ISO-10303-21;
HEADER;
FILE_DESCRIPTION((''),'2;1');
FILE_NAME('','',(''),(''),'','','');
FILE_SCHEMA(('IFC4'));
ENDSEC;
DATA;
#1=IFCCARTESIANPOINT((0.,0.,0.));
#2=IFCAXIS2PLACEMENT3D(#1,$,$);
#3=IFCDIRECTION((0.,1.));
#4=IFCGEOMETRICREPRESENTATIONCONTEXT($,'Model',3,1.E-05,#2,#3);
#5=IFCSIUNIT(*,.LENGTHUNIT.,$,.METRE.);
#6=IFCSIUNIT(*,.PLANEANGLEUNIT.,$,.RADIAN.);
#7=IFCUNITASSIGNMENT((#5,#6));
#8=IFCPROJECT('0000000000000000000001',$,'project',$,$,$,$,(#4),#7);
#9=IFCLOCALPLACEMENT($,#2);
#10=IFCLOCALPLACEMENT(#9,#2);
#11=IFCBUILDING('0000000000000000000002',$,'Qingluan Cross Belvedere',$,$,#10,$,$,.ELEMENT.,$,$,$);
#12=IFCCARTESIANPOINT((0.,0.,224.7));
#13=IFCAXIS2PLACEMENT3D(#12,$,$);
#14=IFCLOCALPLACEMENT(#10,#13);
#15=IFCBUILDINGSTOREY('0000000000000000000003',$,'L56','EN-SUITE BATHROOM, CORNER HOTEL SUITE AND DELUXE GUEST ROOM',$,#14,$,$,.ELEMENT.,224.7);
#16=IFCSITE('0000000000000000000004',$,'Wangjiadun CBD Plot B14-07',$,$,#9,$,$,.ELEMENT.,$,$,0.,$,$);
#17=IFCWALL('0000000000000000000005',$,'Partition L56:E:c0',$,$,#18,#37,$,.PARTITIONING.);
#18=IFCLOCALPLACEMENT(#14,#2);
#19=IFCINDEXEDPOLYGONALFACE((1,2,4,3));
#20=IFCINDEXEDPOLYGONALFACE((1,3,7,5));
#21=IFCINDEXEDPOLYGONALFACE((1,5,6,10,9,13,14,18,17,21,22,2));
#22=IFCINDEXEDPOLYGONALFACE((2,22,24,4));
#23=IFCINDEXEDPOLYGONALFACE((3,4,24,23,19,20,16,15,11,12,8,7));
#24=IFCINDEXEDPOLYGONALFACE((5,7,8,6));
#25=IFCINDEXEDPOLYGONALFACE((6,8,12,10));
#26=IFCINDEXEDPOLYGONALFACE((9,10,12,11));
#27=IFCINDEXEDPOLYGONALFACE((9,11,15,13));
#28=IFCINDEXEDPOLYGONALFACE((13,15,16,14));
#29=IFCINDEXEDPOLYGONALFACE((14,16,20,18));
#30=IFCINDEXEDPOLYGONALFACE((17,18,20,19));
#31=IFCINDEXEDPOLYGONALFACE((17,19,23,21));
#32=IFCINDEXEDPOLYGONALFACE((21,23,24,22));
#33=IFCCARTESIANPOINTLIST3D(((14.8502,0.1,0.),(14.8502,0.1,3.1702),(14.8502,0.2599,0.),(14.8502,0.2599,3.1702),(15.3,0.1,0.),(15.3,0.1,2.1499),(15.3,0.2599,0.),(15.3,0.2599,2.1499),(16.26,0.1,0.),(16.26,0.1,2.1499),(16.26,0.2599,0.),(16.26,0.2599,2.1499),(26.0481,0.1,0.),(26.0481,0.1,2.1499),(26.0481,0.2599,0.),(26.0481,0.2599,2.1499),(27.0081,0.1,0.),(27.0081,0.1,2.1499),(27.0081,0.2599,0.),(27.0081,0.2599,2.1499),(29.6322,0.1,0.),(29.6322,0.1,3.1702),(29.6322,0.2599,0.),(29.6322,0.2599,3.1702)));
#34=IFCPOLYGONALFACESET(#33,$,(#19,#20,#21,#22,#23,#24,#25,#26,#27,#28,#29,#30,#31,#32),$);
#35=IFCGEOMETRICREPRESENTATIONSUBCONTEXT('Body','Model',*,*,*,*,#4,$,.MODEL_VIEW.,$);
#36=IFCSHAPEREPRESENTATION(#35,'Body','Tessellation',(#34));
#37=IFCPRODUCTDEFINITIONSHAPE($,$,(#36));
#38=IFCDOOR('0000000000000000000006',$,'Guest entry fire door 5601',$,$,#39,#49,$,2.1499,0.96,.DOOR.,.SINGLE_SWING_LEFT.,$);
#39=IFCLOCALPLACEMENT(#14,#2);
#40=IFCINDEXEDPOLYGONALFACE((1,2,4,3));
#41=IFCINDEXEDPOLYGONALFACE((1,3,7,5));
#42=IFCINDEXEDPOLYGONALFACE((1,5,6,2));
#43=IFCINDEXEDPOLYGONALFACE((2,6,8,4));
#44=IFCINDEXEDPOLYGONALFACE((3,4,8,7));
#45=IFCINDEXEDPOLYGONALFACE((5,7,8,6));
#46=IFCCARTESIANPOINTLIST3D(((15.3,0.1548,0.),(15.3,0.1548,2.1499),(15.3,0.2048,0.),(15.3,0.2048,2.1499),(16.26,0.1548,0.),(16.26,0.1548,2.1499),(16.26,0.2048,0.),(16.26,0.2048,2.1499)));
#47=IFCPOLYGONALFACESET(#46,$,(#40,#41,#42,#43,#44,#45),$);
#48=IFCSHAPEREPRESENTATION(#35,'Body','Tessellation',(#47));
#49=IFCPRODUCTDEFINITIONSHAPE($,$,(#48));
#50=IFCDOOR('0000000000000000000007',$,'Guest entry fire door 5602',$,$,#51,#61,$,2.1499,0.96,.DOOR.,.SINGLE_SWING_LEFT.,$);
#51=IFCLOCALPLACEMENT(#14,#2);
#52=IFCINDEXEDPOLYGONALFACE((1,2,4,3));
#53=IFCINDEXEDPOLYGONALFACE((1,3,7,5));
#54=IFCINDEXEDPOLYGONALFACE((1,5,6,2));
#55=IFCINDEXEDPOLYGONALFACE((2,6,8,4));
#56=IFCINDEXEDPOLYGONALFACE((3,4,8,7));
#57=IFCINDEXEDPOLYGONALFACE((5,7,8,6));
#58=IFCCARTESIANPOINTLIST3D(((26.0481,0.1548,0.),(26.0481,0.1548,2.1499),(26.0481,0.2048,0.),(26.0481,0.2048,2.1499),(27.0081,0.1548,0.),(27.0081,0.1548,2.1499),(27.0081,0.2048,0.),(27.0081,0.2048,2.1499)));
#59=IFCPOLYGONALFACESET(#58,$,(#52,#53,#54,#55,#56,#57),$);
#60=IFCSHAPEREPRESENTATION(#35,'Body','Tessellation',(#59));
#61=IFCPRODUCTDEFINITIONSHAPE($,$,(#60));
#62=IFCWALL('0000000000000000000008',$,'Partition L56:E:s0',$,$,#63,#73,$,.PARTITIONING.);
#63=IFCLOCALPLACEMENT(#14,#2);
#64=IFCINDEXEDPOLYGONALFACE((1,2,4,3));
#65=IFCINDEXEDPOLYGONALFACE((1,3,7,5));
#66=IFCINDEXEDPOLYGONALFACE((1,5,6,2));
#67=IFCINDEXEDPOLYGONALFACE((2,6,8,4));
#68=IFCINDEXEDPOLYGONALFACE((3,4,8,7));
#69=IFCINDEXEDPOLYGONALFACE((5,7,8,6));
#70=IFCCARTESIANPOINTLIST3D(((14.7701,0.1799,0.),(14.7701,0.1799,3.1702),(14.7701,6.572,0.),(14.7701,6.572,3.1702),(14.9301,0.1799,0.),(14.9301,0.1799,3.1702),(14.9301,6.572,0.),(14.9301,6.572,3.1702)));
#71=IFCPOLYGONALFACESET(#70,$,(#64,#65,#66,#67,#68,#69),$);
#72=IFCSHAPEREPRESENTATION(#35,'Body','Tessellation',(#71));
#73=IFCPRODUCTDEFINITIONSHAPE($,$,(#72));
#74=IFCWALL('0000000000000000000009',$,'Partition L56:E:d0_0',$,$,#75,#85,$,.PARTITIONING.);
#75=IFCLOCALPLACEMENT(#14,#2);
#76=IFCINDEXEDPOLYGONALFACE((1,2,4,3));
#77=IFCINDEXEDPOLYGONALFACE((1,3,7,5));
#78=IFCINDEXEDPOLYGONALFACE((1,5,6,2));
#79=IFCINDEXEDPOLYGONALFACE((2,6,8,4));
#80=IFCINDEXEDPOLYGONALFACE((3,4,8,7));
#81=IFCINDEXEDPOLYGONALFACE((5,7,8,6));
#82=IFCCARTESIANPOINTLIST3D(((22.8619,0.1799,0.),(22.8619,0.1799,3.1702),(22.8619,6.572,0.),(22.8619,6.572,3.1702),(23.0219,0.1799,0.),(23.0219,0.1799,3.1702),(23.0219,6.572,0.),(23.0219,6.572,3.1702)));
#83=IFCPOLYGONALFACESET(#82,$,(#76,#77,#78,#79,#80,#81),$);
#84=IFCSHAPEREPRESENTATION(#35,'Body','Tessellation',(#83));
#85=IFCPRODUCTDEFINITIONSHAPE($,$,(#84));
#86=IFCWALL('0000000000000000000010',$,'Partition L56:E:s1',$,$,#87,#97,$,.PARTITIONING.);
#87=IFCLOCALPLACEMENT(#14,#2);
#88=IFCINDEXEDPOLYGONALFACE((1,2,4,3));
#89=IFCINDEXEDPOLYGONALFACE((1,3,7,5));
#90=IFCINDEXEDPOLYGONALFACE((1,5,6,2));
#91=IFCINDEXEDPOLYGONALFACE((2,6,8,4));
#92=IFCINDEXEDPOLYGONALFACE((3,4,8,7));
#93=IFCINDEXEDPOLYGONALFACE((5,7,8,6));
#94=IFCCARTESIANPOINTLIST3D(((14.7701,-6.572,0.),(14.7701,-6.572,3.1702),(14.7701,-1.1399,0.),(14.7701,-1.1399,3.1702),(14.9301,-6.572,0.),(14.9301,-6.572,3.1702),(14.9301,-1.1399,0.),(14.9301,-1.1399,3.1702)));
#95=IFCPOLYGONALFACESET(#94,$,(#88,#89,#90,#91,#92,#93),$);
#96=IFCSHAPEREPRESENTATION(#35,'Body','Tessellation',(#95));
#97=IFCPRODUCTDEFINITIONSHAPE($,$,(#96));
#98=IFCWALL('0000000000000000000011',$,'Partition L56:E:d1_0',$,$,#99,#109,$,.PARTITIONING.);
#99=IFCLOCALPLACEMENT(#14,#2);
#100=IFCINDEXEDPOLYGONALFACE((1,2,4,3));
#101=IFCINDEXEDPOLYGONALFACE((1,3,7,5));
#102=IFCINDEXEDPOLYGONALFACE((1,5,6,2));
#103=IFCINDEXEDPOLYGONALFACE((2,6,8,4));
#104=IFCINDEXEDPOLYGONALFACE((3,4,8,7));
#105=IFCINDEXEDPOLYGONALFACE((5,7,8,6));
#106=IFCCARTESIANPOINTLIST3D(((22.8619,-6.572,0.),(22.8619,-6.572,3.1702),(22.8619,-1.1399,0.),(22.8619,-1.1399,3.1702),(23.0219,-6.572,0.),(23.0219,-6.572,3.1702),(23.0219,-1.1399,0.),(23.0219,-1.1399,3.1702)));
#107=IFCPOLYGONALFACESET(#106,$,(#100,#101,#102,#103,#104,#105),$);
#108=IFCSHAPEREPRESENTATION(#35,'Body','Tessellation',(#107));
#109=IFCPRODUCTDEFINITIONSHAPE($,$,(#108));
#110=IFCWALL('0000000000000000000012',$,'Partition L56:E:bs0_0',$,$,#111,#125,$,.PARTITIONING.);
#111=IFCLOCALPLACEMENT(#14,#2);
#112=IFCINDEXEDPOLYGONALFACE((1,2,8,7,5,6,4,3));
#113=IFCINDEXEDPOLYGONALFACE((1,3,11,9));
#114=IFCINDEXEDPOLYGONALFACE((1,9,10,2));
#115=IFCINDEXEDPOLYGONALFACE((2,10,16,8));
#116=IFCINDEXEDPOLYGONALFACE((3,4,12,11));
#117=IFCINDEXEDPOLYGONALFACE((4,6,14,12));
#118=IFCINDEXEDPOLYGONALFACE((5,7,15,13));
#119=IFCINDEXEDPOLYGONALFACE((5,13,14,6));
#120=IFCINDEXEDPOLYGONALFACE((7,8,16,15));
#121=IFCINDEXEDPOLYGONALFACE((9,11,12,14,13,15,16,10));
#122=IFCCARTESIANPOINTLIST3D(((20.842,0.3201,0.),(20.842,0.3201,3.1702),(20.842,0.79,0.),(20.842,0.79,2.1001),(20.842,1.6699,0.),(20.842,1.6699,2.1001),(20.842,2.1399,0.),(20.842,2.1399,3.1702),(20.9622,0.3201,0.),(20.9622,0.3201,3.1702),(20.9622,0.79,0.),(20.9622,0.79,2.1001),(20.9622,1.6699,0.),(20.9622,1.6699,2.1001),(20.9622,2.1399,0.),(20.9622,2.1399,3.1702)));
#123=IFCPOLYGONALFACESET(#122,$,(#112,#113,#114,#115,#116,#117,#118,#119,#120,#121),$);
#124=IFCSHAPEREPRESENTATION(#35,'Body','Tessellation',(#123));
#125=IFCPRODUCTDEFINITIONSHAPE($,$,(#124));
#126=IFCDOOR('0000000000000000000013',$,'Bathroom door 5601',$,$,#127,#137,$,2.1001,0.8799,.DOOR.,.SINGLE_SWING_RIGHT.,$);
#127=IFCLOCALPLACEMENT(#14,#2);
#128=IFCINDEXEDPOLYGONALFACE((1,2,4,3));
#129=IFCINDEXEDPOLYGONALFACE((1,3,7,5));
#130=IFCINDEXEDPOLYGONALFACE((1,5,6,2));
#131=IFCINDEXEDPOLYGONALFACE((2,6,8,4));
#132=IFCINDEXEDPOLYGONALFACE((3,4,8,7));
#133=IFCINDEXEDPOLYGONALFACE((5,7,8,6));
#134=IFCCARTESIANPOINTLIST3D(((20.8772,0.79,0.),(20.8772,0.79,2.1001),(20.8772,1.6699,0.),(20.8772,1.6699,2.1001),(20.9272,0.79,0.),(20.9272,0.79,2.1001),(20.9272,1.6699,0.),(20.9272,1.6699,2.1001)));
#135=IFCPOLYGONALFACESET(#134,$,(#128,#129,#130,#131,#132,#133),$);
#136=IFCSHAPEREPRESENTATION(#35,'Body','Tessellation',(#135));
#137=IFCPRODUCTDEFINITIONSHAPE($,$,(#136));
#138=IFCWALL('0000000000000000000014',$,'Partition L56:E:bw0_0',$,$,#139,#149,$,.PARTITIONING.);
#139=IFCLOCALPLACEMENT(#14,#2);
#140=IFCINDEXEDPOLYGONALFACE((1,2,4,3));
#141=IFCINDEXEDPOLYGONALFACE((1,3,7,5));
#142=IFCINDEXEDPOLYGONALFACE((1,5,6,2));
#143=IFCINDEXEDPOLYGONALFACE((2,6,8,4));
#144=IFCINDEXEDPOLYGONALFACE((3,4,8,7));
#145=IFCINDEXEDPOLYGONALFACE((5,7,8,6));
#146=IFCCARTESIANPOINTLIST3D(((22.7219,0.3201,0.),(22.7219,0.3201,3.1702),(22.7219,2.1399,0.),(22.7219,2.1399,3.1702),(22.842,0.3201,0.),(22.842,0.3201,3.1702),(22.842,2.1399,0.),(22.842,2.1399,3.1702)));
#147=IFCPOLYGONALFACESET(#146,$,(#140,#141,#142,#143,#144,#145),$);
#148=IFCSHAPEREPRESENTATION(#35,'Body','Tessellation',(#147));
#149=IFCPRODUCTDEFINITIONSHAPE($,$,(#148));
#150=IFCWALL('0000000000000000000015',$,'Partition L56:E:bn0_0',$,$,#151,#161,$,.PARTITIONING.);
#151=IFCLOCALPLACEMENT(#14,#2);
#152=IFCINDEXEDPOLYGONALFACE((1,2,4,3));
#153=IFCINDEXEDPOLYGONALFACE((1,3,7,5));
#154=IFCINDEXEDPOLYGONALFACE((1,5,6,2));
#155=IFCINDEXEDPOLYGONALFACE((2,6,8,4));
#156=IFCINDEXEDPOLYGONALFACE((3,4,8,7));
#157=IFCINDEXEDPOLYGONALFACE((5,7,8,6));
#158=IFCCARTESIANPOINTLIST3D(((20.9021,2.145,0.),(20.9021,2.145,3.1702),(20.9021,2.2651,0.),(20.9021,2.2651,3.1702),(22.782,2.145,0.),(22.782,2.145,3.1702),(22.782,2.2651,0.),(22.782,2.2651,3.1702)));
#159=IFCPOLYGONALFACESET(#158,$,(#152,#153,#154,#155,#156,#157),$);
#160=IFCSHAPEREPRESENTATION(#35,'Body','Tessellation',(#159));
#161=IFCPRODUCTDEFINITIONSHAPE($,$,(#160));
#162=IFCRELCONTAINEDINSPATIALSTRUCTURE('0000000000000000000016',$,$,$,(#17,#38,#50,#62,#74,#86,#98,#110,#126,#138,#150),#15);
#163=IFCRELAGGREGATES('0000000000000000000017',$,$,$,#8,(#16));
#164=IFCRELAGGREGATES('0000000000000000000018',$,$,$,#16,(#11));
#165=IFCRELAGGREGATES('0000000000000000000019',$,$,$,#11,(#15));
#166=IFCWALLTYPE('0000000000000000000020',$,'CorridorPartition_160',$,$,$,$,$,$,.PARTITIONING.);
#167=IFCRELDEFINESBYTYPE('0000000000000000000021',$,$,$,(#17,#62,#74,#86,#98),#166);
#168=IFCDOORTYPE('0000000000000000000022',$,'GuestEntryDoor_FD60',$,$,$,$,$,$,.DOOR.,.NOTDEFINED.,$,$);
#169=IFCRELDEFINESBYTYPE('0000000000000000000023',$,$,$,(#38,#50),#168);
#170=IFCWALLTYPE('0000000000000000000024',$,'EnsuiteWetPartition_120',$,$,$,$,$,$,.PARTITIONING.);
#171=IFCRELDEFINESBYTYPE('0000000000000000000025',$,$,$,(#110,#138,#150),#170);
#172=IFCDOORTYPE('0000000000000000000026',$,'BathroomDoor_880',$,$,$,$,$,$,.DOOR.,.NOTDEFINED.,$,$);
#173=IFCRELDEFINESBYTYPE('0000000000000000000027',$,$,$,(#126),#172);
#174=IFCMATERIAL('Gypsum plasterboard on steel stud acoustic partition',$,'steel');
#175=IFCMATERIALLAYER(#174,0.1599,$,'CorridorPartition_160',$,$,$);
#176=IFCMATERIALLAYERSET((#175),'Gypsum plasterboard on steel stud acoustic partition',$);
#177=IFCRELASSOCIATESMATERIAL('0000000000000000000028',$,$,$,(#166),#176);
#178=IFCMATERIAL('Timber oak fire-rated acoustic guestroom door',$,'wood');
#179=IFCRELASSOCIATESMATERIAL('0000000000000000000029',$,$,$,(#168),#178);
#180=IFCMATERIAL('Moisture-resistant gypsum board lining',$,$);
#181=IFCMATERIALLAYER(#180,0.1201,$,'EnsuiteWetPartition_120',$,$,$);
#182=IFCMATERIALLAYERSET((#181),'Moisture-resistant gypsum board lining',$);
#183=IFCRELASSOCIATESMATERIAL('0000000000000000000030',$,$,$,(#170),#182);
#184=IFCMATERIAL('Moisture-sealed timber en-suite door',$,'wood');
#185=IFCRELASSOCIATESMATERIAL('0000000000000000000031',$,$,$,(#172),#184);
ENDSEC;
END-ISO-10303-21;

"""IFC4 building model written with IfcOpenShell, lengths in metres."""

from ifc_helpers import new_model, si_unit, direction, frame, frame_2d, origin, place, context, subcontext, project, spatial, rectangle, extrude, material, layer, layer_set, type_object, element, fill, save


model = new_model("IFC4")

# Units and contexts
model_context = context("Model", 3, precision=1e-05, world=origin(), true_north=direction((0.0, 1.0)))
body_context = subcontext(model_context, "Body", "Model", "MODEL_VIEW")
ifc_project = project(units=[si_unit("LENGTHUNIT", "METRE"), si_unit("PLANEANGLEUNIT", "RADIAN")], contexts=[model_context])

# Site, building, storey
site_placement = place(None, origin())
site = spatial("IfcSite", under=ifc_project, at=site_placement, Name="Wangjiadun CBD Plot B14-07", CompositionType="ELEMENT", RefElevation=0.0)
building_placement = place(site_placement, origin())
building = spatial("IfcBuilding", under=site, at=building_placement, Name="Qingluan Cross Belvedere", CompositionType="ELEMENT")
storey_placement = place(building_placement, frame((0.0, 0.0, 224.7)))
storey = spatial("IfcBuildingStorey", under=building, at=storey_placement, Name="L56", Description="EN-SUITE BATHROOM, CORNER HOTEL SUITE AND DELUXE GUEST ROOM", CompositionType="ELEMENT", Elevation=224.7)

# Shared definitions
ifc_material_1 = material(Name="Gypsum plasterboard on steel stud acoustic partition", Category="steel")
ifc_layer_1 = layer(ifc_material_1, 0.1599, Name="CorridorPartition_160")
ifc_layer_set_1 = layer_set([ifc_layer_1], Name="Gypsum plasterboard on steel stud acoustic partition")
wall_type_1 = type_object("IfcWallType", Name="CorridorPartition_160", PredefinedType="PARTITIONING", material=ifc_layer_set_1)

# Wall, openings, doors
wall_1_placement = place(storey_placement, frame((14.8501, 0.1799, 0.0), z_axis=(0.0, 0.0, 1.0), x_axis=(1.0, 0.0, 0.0)))
wall_1 = element("IfcWall", 1, at=wall_1_placement, inside=storey, type_object=wall_type_1, Name="Partition L56:E:c0", PredefinedType="PARTITIONING", context=body_context, shape_type="SweptSolid", body=[
    extrude(rectangle(XDim=14.782, YDim=0.1599, at=frame_2d((7.3911, 0.0))), origin(), (0.0, 0.0, 1.0), 3.1702),
])
opening_1_placement = place(wall_1_placement, frame((0.45, 0.0, 0.0)))
opening_1 = element("IfcOpeningElement", 2, at=opening_1_placement, cuts=wall_1, PredefinedType="OPENING", context=body_context, shape_type="SweptSolid", body=[
    extrude(rectangle(XDim=0.96, YDim=2.1499, at=frame_2d((0.48, 1.075))), frame((0.0, 0.0898, 0.0), z_axis=(0.0, -1.0, 0.0), x_axis=(1.0, 0.0, 0.0)), (0.0, 0.0, 1.0), 0.1799),
])
opening_2_placement = place(wall_1_placement, frame((11.198, 0.0, 0.0)))
opening_2 = element("IfcOpeningElement", 3, at=opening_2_placement, cuts=wall_1, PredefinedType="OPENING", context=body_context, shape_type="SweptSolid", body=[
    extrude(rectangle(XDim=0.96, YDim=2.1499, at=frame_2d((0.48, 1.075))), frame((0.0, 0.0898, 0.0), z_axis=(0.0, -1.0, 0.0), x_axis=(1.0, 0.0, 0.0)), (0.0, 0.0, 1.0), 0.1799),
])
ifc_material_2 = material(Name="Timber oak fire-rated acoustic guestroom door", Category="wood")
door_type_1 = type_object("IfcDoorType", Name="GuestEntryDoor_FD60", OperationType="NOTDEFINED", PredefinedType="DOOR", material=ifc_material_2)
door_1_placement = place(opening_1_placement, origin())
door_1 = element("IfcDoor", 4, at=door_1_placement, inside=storey, type_object=door_type_1, Name="Guest entry fire door 5601", OperationType="SINGLE_SWING_LEFT", OverallHeight=2.1499, OverallWidth=0.96, PredefinedType="DOOR", context=body_context, shape_type="SweptSolid", body=[
    extrude(rectangle(XDim=0.96, YDim=2.1499, at=frame_2d((0.48, 1.075))), frame((0.0, 0.0249, 0.0), z_axis=(0.0, -1.0, 0.0), x_axis=(1.0, 0.0, 0.0)), (0.0, 0.0, 1.0), 0.05),
])
fill(opening_1, door_1)
door_2_placement = place(opening_2_placement, origin())
door_2 = element("IfcDoor", 5, at=door_2_placement, inside=storey, type_object=door_type_1, Name="Guest entry fire door 5602", OperationType="SINGLE_SWING_LEFT", OverallHeight=2.1499, OverallWidth=0.96, PredefinedType="DOOR", context=body_context, shape_type="SweptSolid", body=[
    extrude(rectangle(XDim=0.96, YDim=2.1499, at=frame_2d((0.48, 1.075))), frame((0.0, 0.0249, 0.0), z_axis=(0.0, -1.0, 0.0), x_axis=(1.0, 0.0, 0.0)), (0.0, 0.0, 1.0), 0.05),
])
fill(opening_2, door_2)

# Walls
for number, where, z_axis, x_axis, name in (
    (6, (14.8501, 0.1799, 0.0), (0.0, 0.0, 1.0), (0.0, 1.0, 0.0), "Partition L56:E:s0"),
    (7, (22.9419, 0.1799, 0.0), (0.0, 0.0, 1.0), (0.0, 1.0, 0.0), "Partition L56:E:d0_0"),
):
    element("IfcWall", number, at=place(storey_placement, frame(where, z_axis=z_axis, x_axis=x_axis)), inside=storey, type_object=wall_type_1, Name=name, PredefinedType="PARTITIONING", context=body_context, shape_type="SweptSolid", body=[
        extrude(rectangle(XDim=6.3921, YDim=0.1599, at=frame_2d((3.196, 0.0))), origin(), (0.0, 0.0, 1.0), 3.1702),
    ])
for number, where, z_axis, x_axis, name in (
    (8, (14.8501, -1.1399, 0.0), (0.0, 0.0, 1.0), (0.0, -1.0, 0.0), "Partition L56:E:s1"),
    (9, (22.9419, -1.1399, 0.0), (0.0, 0.0, 1.0), (0.0, -1.0, 0.0), "Partition L56:E:d1_0"),
):
    element("IfcWall", number, at=place(storey_placement, frame(where, z_axis=z_axis, x_axis=x_axis)), inside=storey, type_object=wall_type_1, Name=name, PredefinedType="PARTITIONING", context=body_context, shape_type="SweptSolid", body=[
        extrude(rectangle(XDim=5.4321, YDim=0.1599, at=frame_2d((2.7161, 0.0))), origin(), (0.0, 0.0, 1.0), 3.1702),
    ])

# Wall, opening, door
ifc_material_3 = material(Name="Moisture-resistant gypsum board lining")
ifc_layer_2 = layer(ifc_material_3, 0.1201, Name="EnsuiteWetPartition_120")
ifc_layer_set_2 = layer_set([ifc_layer_2], Name="Moisture-resistant gypsum board lining")
wall_type_2 = type_object("IfcWallType", Name="EnsuiteWetPartition_120", PredefinedType="PARTITIONING", material=ifc_layer_set_2)
wall_2_placement = place(storey_placement, frame((20.9021, 0.3201, 0.0), z_axis=(0.0, 0.0, 1.0), x_axis=(0.0, 1.0, 0.0)))
wall_2 = element("IfcWall", 10, at=wall_2_placement, inside=storey, type_object=wall_type_2, Name="Partition L56:E:bs0_0", PredefinedType="PARTITIONING", context=body_context, shape_type="SweptSolid", body=[
    extrude(rectangle(XDim=1.8198, YDim=0.1201, at=frame_2d((0.9099, 0.0))), origin(), (0.0, 0.0, 1.0), 3.1702),
])
opening_3_placement = place(wall_2_placement, frame((0.47, 0.0, 0.0)))
opening_3 = element("IfcOpeningElement", 11, at=opening_3_placement, cuts=wall_2, PredefinedType="OPENING", context=body_context, shape_type="SweptSolid", body=[
    extrude(rectangle(XDim=0.8799, YDim=2.1001, at=frame_2d((0.4399, 1.05))), frame((0.0, 0.0701, 0.0), z_axis=(0.0, -1.0, 0.0), x_axis=(1.0, 0.0, 0.0)), (0.0, 0.0, 1.0), 0.1401),
])
ifc_material_4 = material(Name="Moisture-sealed timber en-suite door", Category="wood")
door_type_2 = type_object("IfcDoorType", Name="BathroomDoor_880", OperationType="NOTDEFINED", PredefinedType="DOOR", material=ifc_material_4)
door_3_placement = place(opening_3_placement, origin())
door_3 = element("IfcDoor", 12, at=door_3_placement, inside=storey, type_object=door_type_2, Name="Bathroom door 5601", OperationType="SINGLE_SWING_RIGHT", OverallHeight=2.1001, OverallWidth=0.8799, PredefinedType="DOOR", context=body_context, shape_type="SweptSolid", body=[
    extrude(rectangle(XDim=0.8799, YDim=2.1001, at=frame_2d((0.4399, 1.05))), frame((0.0, 0.0249, 0.0), z_axis=(0.0, -1.0, 0.0), x_axis=(1.0, 0.0, 0.0)), (0.0, 0.0, 1.0), 0.05),
])
fill(opening_3, door_3)

# Walls
wall_3_placement = place(storey_placement, frame((22.782, 0.3201, 0.0), z_axis=(0.0, 0.0, 1.0), x_axis=(0.0, 1.0, 0.0)))
element("IfcWall", 13, at=wall_3_placement, inside=storey, type_object=wall_type_2, Name="Partition L56:E:bw0_0", PredefinedType="PARTITIONING", context=body_context, shape_type="SweptSolid", body=[
    extrude(rectangle(XDim=1.8198, YDim=0.1201, at=frame_2d((0.9099, 0.0))), origin(), (0.0, 0.0, 1.0), 3.1702),
])
wall_4_placement = place(storey_placement, frame((20.9021, 2.2051, 0.0), z_axis=(0.0, 0.0, 1.0), x_axis=(1.0, 0.0, 0.0)))
element("IfcWall", 14, at=wall_4_placement, inside=storey, type_object=wall_type_2, Name="Partition L56:E:bn0_0", PredefinedType="PARTITIONING", context=body_context, shape_type="SweptSolid", body=[
    extrude(rectangle(XDim=1.8799, YDim=0.1201, at=frame_2d((0.9399, 0.0))), origin(), (0.0, 0.0, 1.0), 3.1702),
])

save(model, "model.ifc")
